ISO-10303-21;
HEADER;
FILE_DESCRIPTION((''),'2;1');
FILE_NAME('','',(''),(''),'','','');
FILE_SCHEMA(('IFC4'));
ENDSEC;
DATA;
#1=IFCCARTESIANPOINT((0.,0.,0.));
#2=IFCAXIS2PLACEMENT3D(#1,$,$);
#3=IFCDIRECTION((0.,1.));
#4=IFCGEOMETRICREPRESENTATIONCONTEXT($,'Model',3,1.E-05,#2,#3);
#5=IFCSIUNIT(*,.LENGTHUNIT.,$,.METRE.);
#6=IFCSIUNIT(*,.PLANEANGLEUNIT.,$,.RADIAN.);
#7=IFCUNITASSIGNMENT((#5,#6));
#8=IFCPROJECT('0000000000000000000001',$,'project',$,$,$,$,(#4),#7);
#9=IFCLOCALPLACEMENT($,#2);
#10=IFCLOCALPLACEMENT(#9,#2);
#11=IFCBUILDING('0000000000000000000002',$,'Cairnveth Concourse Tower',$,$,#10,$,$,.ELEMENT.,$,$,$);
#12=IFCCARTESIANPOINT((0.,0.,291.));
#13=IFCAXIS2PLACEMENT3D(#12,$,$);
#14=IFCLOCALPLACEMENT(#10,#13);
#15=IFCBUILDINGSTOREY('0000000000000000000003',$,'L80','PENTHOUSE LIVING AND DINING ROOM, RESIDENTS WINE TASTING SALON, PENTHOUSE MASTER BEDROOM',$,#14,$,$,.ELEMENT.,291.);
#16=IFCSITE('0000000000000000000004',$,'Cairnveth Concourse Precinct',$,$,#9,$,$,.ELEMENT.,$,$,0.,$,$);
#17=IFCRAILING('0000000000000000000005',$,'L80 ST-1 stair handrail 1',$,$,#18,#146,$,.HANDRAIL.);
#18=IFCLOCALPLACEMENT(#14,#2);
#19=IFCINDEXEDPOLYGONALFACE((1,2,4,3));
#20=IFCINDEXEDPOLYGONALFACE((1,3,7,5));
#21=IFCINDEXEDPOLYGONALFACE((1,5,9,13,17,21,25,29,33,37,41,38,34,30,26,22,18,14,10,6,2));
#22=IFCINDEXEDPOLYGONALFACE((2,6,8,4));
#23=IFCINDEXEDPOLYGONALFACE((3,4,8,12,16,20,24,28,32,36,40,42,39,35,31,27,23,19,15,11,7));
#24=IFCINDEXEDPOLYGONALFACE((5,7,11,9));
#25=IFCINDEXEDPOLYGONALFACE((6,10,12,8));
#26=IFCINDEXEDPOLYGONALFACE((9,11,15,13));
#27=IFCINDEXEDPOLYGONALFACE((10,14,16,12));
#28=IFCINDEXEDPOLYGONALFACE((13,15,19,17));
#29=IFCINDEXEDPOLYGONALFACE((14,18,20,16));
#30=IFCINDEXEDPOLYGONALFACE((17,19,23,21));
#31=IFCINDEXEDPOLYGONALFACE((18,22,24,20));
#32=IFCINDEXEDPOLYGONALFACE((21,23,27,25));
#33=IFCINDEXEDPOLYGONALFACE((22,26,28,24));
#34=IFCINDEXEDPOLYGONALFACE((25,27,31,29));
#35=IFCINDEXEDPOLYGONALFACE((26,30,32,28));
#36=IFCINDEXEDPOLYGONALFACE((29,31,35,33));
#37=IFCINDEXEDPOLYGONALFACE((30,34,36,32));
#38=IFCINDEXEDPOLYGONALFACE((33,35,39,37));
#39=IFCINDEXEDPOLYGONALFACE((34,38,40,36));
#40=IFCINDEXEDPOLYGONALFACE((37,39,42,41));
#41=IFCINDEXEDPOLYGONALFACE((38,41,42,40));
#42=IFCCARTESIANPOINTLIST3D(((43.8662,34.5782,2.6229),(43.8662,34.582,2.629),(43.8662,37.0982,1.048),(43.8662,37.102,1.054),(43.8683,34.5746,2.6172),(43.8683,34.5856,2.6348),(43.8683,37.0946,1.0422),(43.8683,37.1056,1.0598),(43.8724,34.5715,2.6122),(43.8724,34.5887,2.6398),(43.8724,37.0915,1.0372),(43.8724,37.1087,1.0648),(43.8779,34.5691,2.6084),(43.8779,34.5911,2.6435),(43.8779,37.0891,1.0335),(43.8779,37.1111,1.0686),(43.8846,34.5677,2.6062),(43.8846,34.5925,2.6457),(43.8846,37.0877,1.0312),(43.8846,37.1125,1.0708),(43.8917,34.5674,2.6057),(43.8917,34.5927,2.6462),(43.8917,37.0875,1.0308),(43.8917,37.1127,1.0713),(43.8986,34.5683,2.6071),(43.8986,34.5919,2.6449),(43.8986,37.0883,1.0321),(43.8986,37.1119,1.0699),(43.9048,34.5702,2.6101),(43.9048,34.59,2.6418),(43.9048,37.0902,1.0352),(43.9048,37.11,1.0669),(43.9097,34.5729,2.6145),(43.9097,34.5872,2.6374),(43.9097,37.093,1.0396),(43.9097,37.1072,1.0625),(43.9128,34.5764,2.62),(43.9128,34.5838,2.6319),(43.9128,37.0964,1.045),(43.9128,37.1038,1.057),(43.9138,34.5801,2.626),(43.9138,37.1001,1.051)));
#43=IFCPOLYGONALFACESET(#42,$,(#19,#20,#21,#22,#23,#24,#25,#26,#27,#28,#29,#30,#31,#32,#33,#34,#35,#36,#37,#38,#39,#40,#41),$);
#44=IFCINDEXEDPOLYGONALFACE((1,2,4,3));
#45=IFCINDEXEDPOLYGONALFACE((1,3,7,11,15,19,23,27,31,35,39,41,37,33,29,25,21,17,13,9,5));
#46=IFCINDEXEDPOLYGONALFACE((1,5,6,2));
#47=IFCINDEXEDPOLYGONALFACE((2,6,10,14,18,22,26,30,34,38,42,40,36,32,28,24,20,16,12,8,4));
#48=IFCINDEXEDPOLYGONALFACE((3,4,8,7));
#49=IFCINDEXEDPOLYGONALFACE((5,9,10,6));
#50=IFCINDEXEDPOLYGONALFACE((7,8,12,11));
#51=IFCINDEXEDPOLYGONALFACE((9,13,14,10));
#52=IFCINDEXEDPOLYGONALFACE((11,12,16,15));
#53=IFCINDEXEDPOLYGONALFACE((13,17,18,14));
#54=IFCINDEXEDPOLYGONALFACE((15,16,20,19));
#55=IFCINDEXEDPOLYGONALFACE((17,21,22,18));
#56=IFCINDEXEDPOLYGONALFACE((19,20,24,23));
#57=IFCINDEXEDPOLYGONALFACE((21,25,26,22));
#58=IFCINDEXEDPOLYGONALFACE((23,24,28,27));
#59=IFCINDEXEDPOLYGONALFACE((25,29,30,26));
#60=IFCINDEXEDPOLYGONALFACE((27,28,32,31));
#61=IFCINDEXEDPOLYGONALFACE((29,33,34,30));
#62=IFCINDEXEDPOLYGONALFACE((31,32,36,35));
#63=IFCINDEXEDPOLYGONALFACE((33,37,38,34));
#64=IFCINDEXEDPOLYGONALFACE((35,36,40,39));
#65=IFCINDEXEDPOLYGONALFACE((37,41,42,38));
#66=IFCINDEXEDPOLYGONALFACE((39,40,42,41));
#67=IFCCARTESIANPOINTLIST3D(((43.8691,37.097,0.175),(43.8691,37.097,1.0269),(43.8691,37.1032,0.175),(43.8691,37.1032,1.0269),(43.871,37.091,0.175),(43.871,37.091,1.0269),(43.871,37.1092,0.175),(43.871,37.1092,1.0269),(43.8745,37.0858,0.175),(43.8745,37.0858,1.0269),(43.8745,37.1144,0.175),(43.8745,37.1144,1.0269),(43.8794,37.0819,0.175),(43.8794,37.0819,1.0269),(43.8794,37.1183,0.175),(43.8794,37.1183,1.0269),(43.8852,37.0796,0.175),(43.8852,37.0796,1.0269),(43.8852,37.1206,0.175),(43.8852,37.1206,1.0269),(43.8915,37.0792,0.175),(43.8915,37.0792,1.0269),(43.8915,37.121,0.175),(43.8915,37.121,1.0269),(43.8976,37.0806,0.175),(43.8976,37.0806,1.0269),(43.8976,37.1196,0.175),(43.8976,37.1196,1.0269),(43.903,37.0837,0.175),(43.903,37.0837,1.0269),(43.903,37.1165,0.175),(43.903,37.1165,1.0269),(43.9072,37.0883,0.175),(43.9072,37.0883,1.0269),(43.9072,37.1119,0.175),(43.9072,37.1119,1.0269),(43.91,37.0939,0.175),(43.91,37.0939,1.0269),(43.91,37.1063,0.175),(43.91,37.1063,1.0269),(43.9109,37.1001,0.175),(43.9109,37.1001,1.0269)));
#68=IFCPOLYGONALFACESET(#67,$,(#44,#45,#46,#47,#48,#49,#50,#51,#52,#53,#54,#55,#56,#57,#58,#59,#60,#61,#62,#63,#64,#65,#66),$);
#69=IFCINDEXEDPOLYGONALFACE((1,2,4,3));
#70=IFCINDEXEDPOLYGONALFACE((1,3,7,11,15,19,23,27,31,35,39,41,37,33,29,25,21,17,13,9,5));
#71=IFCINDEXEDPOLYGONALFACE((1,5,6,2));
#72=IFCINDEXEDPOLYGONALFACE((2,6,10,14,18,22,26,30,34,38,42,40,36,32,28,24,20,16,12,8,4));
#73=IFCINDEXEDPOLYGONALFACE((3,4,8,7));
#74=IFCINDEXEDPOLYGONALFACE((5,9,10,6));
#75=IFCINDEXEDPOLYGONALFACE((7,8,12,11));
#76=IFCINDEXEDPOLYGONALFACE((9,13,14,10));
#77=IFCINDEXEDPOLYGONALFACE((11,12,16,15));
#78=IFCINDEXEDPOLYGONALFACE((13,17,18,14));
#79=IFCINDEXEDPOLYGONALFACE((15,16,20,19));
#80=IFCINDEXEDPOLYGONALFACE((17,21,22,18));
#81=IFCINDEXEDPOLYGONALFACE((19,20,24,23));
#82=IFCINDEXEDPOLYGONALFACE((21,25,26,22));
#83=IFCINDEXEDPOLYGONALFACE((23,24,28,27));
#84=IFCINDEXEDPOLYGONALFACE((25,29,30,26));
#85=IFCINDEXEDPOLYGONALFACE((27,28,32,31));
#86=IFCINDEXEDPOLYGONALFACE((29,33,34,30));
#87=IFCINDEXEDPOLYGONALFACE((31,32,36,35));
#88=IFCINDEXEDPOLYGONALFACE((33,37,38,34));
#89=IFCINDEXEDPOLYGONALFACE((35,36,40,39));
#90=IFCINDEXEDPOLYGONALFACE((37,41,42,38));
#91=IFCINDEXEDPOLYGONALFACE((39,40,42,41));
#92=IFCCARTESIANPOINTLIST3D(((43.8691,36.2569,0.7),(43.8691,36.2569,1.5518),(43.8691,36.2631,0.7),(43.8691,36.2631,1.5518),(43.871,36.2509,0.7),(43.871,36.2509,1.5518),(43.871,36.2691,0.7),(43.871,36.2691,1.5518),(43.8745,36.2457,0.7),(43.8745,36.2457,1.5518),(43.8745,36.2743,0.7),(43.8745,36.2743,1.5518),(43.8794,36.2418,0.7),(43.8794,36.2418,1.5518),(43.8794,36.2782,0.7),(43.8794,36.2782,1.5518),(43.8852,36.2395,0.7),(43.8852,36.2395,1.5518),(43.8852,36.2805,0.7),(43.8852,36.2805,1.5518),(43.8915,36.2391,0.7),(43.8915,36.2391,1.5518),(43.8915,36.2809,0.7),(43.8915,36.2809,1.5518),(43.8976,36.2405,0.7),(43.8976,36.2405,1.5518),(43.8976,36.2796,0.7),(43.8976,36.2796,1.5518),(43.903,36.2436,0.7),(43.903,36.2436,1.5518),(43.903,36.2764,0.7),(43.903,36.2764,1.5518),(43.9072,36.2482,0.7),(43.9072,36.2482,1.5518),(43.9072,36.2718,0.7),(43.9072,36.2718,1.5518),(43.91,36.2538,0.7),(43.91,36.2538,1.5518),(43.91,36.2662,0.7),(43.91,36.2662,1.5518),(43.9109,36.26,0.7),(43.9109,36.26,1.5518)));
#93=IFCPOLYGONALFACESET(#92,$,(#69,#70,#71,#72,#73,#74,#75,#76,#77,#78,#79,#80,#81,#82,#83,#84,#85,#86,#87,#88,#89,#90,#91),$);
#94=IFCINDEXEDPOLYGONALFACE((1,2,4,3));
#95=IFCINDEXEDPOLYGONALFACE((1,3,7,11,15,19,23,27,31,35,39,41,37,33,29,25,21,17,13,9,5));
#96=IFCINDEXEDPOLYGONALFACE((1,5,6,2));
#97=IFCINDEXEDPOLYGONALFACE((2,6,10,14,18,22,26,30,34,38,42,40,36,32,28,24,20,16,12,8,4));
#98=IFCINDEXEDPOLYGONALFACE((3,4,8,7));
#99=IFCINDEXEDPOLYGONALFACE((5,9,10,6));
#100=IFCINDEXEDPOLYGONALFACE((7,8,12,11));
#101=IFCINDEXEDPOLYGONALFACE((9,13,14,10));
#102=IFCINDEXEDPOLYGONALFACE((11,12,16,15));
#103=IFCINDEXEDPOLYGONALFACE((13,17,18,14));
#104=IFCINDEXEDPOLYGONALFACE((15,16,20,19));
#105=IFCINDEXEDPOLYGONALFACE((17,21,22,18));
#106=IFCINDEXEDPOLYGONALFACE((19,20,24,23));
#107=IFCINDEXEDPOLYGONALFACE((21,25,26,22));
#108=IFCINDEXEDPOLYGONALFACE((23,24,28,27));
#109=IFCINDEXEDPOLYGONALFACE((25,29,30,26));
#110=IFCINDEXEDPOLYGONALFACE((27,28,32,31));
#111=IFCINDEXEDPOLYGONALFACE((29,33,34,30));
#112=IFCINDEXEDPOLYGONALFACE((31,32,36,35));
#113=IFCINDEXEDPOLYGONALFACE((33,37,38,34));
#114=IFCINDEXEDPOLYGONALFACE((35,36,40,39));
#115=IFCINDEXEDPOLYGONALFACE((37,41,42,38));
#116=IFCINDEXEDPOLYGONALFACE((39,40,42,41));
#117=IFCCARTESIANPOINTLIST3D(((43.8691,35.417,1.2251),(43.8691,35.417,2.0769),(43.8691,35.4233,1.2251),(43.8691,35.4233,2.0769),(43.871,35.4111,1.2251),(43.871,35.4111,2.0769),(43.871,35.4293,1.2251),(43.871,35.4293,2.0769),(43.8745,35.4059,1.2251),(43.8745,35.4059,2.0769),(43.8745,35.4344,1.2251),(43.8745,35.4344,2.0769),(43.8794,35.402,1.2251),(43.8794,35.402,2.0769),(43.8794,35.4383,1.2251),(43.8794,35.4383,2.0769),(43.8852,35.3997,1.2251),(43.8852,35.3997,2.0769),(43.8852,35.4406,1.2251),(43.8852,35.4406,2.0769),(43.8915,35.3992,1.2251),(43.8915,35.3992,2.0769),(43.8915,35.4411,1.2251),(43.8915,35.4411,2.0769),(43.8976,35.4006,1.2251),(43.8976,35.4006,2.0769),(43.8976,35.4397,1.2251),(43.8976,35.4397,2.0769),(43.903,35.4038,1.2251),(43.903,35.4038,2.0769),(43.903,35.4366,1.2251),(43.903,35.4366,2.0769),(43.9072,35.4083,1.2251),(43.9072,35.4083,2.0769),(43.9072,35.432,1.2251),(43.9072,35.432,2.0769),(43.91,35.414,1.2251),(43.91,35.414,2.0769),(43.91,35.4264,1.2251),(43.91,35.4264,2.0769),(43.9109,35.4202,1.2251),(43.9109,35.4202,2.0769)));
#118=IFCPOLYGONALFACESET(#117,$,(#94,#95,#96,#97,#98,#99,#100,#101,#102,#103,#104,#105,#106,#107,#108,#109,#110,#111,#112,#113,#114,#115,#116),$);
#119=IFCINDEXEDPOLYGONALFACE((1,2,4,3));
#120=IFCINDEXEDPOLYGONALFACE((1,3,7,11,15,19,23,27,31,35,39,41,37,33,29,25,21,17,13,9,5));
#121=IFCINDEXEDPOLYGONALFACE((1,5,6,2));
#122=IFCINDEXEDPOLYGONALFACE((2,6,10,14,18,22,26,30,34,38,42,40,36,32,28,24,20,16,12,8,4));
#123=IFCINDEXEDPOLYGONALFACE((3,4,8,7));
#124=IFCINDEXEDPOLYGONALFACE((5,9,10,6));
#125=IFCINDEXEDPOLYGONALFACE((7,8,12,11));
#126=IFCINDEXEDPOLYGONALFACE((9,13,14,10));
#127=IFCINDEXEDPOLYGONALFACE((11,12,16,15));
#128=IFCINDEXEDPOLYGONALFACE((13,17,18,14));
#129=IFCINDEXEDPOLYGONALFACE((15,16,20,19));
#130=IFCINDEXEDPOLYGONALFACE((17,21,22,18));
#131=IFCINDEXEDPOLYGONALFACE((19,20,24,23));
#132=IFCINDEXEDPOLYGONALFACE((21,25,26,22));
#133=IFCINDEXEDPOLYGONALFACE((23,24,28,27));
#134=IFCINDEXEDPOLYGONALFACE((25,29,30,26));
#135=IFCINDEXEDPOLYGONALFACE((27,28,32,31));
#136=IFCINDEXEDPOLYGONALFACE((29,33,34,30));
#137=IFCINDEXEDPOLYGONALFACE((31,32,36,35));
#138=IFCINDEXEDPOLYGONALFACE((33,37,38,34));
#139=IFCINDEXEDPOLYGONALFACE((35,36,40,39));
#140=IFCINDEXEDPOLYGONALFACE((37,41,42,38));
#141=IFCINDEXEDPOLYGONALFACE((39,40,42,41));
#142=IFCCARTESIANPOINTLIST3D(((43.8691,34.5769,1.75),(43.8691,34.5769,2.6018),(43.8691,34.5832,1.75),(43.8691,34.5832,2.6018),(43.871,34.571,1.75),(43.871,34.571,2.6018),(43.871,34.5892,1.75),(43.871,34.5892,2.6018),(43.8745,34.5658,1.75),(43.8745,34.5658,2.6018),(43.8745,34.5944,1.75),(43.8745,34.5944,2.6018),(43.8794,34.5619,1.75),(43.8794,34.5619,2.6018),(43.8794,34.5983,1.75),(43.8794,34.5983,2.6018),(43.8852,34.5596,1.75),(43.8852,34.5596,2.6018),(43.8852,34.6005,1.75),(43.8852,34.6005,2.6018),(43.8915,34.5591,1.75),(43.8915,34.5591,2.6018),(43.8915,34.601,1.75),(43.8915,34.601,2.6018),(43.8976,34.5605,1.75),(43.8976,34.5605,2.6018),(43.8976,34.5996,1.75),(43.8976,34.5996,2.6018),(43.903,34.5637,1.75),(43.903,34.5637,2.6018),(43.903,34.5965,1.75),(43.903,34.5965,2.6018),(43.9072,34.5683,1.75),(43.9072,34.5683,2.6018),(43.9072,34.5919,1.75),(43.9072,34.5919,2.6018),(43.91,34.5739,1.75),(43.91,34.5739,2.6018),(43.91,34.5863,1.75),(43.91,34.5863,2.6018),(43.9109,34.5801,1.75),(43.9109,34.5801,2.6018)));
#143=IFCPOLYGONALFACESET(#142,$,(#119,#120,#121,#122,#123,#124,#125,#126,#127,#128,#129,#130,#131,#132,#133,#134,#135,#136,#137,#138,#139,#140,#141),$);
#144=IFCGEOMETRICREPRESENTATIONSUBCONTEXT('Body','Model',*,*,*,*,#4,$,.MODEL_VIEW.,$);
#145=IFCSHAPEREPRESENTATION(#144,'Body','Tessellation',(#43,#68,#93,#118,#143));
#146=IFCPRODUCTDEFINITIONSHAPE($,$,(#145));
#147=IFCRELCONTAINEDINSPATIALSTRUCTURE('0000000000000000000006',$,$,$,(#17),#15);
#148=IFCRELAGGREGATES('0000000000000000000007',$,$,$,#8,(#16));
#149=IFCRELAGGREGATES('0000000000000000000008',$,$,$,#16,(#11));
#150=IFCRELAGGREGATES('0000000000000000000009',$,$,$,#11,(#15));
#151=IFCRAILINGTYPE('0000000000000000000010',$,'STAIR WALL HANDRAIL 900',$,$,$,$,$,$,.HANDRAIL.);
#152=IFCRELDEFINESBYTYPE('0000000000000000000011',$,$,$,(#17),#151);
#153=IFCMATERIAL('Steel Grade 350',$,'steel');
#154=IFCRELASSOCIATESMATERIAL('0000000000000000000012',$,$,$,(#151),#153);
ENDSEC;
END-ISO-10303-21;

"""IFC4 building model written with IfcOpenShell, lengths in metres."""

from ifc_helpers import new_model, si_unit, direction, frame, origin, origin_2d, place, context, subcontext, project, spatial, circle, extrude, material, type_object, element, save


model = new_model("IFC4")

# Units and contexts
model_context = context("Model", 3, precision=1e-05, world=origin(), true_north=direction((0.0, 1.0)))
body_context = subcontext(model_context, "Body", "Model", "MODEL_VIEW")
ifc_project = project(units=[si_unit("LENGTHUNIT", "METRE"), si_unit("PLANEANGLEUNIT", "RADIAN")], contexts=[model_context])

# Site, building, storey
site_placement = place(None, origin())
site = spatial("IfcSite", under=ifc_project, at=site_placement, Name="Cairnveth Concourse Precinct", CompositionType="ELEMENT", RefElevation=0.0)
building_placement = place(site_placement, origin())
building = spatial("IfcBuilding", under=site, at=building_placement, Name="Cairnveth Concourse Tower", CompositionType="ELEMENT")
storey_placement = place(building_placement, frame((0.0, 0.0, 291.0)))
storey = spatial("IfcBuildingStorey", under=building, at=storey_placement, Name="L80", Description="PENTHOUSE LIVING AND DINING ROOM, RESIDENTS WINE TASTING SALON, PENTHOUSE MASTER BEDROOM", CompositionType="ELEMENT", Elevation=291.0)

# Shared definitions
ifc_material_1 = material(Name="Steel Grade 350", Category="steel")

# Railing
railing_type_1 = type_object("IfcRailingType", Name="STAIR WALL HANDRAIL 900", PredefinedType="HANDRAIL", material=ifc_material_1)
railing_1_placement = place(storey_placement, frame((43.8899, 37.1001, 0.175)))
element("IfcRailing", 1, at=railing_1_placement, inside=storey, type_object=railing_type_1, Name="L80 ST-1 stair handrail 1", PredefinedType="HANDRAIL", context=body_context, shape_type="SweptSolid", body=[
    extrude(circle(Radius=0.0239, at=origin_2d()), frame((0.0, 0.0, 0.876), z_axis=(0.0, -0.848008, 0.529984), x_axis=(1.0, 0.0, 0.0)), (0.0, 0.0, 1.0), 2.9717),
    extrude(circle(Radius=0.021, at=origin_2d()), origin(), (0.0, 0.0, 1.0), 0.8518),
    extrude(circle(Radius=0.021, at=origin_2d()), frame((0.0, -0.8401, 0.5249)), (0.0, 0.0, 1.0), 0.8518),
    extrude(circle(Radius=0.021, at=origin_2d()), frame((0.0, -1.6799, 1.05)), (0.0, 0.0, 1.0), 0.8518),
    extrude(circle(Radius=0.021, at=origin_2d()), frame((0.0, -2.52, 1.575)), (0.0, 0.0, 1.0), 0.8518),
])

save(model, "model.ifc")
